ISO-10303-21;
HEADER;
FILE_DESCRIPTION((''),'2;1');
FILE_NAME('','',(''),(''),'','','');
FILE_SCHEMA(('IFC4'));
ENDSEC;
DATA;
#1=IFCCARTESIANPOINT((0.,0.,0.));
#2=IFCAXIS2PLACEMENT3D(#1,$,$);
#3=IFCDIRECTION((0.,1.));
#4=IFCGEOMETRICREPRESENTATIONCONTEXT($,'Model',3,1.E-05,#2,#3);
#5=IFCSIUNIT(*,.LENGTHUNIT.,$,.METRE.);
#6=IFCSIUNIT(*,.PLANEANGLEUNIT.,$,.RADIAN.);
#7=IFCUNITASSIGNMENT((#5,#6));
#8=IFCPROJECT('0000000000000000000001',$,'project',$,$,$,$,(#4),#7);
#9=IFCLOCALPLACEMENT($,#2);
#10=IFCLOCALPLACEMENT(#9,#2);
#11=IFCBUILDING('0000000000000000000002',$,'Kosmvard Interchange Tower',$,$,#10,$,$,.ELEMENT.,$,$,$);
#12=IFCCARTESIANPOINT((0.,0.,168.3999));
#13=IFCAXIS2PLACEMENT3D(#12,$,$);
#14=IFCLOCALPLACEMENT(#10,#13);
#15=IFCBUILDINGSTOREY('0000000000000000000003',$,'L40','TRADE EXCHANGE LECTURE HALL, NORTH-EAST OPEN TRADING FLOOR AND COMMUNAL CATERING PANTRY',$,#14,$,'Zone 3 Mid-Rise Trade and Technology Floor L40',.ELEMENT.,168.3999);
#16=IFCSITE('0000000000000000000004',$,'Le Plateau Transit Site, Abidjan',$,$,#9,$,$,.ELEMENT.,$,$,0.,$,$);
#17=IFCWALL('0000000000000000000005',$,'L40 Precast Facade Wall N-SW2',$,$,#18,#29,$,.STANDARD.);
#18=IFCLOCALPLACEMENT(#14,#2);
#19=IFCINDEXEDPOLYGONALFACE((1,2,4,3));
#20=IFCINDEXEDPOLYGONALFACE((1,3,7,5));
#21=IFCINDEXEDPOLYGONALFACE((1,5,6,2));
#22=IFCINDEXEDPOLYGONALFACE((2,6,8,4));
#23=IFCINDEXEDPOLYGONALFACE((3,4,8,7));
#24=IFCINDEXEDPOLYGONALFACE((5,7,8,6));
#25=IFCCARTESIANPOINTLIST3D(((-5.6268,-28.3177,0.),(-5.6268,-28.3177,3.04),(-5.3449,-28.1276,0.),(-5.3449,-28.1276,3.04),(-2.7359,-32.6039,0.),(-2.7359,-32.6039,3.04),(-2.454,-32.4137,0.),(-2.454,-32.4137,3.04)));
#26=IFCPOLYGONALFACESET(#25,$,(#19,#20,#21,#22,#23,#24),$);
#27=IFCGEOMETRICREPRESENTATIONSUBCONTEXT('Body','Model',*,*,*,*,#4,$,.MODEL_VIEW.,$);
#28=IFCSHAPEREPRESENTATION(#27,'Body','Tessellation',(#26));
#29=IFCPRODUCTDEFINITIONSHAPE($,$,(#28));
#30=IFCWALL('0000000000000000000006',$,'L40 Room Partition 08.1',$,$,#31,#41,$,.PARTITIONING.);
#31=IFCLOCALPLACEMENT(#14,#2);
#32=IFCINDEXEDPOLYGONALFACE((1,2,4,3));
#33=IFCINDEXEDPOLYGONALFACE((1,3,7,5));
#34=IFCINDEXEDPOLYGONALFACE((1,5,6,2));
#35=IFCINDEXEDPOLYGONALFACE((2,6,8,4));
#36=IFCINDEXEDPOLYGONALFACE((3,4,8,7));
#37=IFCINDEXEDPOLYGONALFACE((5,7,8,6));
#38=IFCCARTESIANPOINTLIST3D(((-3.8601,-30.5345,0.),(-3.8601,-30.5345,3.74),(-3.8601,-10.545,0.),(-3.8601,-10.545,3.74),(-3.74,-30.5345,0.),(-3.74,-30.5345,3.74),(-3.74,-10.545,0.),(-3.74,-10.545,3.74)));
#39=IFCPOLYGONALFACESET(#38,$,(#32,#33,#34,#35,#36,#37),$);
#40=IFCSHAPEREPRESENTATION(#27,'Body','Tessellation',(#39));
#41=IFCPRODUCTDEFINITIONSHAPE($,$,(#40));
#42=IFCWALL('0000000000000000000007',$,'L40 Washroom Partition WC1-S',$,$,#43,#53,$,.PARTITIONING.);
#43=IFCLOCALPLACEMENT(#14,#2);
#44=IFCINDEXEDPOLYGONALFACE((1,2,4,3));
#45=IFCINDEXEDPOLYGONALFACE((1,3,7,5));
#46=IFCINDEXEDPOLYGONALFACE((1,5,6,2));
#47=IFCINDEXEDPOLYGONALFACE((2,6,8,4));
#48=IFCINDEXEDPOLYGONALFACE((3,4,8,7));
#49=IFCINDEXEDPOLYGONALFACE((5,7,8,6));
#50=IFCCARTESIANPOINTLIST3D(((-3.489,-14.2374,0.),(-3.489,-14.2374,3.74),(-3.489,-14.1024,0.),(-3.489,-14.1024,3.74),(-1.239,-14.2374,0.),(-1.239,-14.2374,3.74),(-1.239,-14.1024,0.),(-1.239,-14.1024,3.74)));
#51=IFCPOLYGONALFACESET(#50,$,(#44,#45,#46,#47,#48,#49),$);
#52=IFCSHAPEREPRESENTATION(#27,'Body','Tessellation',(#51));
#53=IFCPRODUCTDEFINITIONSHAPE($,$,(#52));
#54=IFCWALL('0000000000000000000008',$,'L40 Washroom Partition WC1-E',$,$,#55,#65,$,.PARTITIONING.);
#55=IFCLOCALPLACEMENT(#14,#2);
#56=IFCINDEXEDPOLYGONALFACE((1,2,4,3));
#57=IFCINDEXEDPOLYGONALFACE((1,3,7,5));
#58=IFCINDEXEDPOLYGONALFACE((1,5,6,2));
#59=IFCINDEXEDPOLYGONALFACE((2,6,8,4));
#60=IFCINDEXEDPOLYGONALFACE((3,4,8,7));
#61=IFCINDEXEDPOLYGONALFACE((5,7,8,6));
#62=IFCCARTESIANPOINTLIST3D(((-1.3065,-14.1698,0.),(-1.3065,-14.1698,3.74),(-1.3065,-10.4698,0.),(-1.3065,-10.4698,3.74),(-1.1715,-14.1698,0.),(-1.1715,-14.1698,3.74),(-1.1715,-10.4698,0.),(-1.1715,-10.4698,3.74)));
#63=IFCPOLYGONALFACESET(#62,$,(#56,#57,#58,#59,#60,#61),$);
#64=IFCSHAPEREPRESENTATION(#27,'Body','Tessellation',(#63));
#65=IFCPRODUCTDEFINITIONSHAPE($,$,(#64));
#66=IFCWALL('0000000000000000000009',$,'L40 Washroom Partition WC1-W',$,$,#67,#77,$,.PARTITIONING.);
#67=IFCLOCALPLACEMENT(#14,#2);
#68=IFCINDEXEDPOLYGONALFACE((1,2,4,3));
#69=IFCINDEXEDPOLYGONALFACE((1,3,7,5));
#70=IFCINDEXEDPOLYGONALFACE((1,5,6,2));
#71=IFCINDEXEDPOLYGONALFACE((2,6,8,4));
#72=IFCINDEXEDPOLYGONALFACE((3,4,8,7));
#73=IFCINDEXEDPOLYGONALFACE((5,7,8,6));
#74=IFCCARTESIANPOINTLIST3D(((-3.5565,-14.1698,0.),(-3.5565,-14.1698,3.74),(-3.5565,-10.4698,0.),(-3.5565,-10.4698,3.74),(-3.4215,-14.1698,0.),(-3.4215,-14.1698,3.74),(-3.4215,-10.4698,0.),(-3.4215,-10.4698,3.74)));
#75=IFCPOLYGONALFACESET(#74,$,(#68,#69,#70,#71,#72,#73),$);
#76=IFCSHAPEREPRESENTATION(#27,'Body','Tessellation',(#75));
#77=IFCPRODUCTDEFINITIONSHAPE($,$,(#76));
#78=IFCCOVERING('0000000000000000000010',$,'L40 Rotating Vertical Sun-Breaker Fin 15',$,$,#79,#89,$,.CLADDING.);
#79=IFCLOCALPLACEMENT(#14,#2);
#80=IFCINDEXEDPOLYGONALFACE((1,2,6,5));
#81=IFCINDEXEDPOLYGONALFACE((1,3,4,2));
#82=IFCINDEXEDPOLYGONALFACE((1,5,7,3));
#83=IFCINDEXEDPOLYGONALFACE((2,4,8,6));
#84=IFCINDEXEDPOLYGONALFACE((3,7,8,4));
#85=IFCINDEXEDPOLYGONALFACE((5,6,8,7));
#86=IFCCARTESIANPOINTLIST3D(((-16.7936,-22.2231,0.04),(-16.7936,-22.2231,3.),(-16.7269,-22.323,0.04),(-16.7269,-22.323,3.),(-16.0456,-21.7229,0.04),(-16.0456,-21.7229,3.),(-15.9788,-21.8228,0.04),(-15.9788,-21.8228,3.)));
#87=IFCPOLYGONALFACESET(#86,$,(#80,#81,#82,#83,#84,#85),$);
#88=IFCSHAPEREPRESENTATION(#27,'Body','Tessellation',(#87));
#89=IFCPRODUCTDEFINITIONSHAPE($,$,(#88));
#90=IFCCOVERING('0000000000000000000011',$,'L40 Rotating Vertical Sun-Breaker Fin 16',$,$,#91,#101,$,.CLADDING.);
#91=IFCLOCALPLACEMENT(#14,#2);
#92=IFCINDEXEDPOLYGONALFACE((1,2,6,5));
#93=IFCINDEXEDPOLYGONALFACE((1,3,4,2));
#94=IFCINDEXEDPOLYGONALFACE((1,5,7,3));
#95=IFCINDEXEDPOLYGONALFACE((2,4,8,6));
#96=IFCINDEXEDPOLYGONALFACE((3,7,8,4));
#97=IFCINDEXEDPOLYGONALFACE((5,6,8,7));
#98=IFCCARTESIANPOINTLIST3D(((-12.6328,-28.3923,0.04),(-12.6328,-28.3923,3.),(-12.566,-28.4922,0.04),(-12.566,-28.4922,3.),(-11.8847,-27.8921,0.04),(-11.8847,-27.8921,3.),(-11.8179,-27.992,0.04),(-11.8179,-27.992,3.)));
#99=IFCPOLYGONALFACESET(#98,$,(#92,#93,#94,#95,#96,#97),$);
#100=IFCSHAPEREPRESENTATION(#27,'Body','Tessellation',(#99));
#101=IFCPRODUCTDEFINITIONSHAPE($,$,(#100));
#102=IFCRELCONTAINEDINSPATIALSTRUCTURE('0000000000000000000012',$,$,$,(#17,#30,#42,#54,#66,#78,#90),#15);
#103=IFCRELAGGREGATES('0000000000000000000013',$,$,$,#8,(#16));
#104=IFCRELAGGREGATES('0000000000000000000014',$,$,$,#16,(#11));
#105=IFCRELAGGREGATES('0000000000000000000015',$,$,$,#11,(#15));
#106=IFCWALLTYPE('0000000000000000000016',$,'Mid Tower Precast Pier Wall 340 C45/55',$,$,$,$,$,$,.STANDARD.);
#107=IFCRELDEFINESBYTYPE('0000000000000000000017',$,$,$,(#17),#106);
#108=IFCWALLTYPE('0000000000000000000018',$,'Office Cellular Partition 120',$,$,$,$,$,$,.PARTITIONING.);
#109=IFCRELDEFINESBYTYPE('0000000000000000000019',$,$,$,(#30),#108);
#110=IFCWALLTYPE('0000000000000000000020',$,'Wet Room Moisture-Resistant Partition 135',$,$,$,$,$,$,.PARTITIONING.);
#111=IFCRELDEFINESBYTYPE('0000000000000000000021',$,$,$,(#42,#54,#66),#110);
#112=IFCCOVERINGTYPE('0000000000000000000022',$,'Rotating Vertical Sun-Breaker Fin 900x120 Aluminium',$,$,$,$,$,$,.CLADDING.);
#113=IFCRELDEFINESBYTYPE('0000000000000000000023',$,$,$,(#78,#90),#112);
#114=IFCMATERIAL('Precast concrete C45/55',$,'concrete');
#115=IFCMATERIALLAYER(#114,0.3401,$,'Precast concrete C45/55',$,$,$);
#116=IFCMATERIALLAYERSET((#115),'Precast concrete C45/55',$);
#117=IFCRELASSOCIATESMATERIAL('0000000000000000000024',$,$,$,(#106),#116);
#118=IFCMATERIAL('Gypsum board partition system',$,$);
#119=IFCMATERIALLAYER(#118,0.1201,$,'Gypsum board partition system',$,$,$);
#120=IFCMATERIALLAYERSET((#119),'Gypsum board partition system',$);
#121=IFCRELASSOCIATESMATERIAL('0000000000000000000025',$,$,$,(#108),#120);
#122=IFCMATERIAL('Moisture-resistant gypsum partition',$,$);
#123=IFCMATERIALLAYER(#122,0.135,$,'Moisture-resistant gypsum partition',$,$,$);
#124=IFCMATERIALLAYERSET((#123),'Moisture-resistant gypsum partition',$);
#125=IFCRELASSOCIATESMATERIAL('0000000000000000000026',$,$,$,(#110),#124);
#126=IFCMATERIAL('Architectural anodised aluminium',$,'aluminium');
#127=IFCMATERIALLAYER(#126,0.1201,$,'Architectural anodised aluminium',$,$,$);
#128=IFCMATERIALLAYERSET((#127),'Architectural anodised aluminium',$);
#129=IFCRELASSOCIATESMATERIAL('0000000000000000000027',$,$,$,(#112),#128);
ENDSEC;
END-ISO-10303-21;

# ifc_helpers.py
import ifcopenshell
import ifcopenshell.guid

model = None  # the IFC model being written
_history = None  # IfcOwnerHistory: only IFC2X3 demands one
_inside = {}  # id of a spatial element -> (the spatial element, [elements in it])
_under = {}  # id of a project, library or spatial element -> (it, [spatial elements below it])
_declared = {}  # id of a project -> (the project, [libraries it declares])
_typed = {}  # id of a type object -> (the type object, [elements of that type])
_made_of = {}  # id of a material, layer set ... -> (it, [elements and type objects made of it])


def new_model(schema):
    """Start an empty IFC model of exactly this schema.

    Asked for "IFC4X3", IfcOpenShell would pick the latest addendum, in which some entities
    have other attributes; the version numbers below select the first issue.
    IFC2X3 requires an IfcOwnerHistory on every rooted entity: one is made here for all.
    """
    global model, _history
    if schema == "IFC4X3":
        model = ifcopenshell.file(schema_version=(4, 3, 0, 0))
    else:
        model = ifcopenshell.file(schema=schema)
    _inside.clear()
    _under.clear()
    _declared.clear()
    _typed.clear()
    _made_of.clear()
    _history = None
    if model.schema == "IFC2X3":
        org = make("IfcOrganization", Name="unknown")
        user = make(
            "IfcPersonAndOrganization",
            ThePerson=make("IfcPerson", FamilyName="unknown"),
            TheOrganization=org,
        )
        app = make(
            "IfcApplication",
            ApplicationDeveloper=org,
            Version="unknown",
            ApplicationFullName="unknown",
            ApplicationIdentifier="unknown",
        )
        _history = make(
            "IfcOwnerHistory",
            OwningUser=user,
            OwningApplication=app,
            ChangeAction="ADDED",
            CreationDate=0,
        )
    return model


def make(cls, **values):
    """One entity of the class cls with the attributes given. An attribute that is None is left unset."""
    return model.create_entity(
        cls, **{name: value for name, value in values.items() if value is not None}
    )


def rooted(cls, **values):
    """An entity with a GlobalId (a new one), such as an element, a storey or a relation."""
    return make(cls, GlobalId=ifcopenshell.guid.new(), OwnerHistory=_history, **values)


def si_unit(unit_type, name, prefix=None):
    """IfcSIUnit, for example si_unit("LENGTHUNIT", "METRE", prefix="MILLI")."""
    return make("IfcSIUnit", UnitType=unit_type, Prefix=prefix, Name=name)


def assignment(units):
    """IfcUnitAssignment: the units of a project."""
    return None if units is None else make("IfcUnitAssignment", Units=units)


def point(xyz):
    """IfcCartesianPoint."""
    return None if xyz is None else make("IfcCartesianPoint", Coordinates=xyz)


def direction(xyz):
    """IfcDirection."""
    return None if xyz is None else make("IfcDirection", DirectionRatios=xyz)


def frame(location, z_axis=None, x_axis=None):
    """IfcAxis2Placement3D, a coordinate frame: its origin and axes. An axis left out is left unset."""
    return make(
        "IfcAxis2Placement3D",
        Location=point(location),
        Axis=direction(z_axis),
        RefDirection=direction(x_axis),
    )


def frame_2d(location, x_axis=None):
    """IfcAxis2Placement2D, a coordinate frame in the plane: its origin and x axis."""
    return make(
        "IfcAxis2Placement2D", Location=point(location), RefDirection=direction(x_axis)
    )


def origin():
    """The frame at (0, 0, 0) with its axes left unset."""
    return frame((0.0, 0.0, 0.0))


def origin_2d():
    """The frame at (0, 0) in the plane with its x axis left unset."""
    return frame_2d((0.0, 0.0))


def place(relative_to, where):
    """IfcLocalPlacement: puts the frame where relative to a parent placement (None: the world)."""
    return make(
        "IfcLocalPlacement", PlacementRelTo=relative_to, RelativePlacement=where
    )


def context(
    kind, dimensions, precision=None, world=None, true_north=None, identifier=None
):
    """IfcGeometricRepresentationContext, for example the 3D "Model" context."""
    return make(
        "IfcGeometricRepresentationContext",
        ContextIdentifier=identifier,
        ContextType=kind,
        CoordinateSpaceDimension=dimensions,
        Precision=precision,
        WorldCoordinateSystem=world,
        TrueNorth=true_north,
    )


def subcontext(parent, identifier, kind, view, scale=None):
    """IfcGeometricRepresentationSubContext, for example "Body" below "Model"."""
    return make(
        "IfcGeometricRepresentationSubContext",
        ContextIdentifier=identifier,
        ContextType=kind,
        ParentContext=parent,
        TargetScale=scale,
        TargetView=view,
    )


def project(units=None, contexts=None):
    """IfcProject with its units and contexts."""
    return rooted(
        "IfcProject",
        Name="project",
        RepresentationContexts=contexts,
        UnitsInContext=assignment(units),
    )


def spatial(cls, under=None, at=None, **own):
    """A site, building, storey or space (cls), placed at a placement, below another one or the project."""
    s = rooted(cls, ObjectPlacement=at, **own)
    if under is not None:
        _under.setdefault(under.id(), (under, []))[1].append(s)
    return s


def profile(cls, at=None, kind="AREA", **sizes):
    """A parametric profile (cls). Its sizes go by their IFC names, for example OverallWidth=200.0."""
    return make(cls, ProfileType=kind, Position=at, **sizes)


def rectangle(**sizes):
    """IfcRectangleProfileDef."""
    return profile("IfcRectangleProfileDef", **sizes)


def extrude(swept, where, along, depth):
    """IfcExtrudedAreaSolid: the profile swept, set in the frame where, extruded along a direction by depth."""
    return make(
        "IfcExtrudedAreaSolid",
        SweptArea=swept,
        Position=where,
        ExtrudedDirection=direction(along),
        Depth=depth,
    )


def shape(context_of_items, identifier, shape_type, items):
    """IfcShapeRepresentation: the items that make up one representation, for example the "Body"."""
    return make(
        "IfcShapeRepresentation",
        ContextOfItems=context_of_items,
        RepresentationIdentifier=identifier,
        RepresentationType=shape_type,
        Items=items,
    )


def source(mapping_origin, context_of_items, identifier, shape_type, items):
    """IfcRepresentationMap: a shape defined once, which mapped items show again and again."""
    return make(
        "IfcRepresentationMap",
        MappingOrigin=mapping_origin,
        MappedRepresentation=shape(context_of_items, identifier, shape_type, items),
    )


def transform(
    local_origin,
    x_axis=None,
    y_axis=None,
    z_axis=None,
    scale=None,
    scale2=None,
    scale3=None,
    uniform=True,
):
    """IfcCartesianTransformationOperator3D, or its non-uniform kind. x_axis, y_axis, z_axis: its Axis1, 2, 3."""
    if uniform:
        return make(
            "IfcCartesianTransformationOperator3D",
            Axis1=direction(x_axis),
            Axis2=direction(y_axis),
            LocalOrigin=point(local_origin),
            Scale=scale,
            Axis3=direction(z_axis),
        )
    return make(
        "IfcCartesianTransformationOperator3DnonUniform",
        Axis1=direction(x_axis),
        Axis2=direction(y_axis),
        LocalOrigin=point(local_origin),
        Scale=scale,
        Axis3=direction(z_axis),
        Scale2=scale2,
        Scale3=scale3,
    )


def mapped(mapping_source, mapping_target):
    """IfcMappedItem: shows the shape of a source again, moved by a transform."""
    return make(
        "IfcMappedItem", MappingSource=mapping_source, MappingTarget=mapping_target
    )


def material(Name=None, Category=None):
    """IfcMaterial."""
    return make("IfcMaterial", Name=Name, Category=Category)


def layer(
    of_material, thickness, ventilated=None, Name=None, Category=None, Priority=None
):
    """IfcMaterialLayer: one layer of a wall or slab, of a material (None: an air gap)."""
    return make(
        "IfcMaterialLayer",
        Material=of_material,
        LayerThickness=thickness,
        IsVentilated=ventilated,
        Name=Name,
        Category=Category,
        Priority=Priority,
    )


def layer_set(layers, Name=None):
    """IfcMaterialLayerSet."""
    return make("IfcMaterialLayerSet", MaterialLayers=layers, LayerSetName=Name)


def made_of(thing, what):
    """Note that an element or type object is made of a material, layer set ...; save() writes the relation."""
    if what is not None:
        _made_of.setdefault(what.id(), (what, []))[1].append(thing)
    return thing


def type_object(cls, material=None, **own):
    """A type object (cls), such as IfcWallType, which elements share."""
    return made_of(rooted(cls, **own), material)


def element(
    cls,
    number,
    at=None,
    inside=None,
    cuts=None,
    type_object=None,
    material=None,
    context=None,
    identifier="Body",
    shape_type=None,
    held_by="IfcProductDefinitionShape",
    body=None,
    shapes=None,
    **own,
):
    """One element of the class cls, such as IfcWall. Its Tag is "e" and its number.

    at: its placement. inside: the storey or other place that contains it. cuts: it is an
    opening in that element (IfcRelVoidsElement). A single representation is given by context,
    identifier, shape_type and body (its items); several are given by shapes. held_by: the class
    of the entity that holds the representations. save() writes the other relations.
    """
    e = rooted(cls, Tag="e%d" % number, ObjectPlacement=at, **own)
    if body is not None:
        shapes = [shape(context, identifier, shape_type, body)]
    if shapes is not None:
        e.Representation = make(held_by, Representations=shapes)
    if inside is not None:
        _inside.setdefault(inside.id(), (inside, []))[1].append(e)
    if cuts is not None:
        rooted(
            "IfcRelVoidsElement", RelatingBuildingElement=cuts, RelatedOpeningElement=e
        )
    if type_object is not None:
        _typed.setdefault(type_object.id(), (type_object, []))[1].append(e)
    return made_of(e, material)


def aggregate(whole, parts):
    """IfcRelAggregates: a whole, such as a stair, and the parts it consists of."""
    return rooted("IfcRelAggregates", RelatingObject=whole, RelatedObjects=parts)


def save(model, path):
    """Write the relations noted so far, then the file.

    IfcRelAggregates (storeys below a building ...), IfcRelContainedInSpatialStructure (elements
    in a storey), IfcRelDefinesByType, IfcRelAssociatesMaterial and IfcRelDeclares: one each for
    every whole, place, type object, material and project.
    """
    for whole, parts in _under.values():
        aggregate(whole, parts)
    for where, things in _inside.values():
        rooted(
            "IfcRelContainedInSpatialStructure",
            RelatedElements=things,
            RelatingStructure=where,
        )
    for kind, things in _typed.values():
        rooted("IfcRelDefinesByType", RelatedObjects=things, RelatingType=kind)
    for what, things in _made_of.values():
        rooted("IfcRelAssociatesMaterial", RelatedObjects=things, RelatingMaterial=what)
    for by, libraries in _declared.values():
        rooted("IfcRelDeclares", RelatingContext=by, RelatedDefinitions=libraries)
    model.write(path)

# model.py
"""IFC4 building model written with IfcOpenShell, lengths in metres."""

from ifc_helpers import new_model, si_unit, direction, frame, frame_2d, origin, origin_2d, place, context, subcontext, project, spatial, rectangle, extrude, source, transform, mapped, material, layer, layer_set, type_object, element, save


model = new_model("IFC4")

# Units and contexts
model_context = context("Model", 3, precision=1e-05, world=origin(), true_north=direction((0.0, 1.0)))
body_context = subcontext(model_context, "Body", "Model", "MODEL_VIEW")
ifc_project = project(units=[si_unit("LENGTHUNIT", "METRE"), si_unit("PLANEANGLEUNIT", "RADIAN")], contexts=[model_context])

# Site, building, storey
site_placement = place(None, origin())
site = spatial("IfcSite", under=ifc_project, at=site_placement, Name="Le Plateau Transit Site, Abidjan", CompositionType="ELEMENT", RefElevation=0.0)
building_placement = place(site_placement, origin())
building = spatial("IfcBuilding", under=site, at=building_placement, Name="Kosmvard Interchange Tower", CompositionType="ELEMENT")
storey_placement = place(building_placement, frame((0.0, 0.0, 168.3999)))
storey = spatial("IfcBuildingStorey", under=building, at=storey_placement, Name="L40", Description="TRADE EXCHANGE LECTURE HALL, NORTH-EAST OPEN TRADING FLOOR AND COMMUNAL CATERING PANTRY", LongName="Zone 3 Mid-Rise Trade and Technology Floor L40", CompositionType="ELEMENT", Elevation=168.3999)

# Shared definitions
ifc_material_1 = material(Name="Precast concrete C45/55", Category="concrete")

# Shared definitions
ifc_layer_1 = layer(ifc_material_1, 0.3401, Name="Precast concrete C45/55")
ifc_layer_set_1 = layer_set([ifc_layer_1], Name="Precast concrete C45/55")
wall_type_1 = type_object("IfcWallType", Name="Mid Tower Precast Pier Wall 340 C45/55", PredefinedType="STANDARD", material=ifc_layer_set_1)

# Walls
wall_1_placement = place(storey_placement, frame((-5.4858, -28.2227, 0.0), z_axis=(0.0, 0.0, 1.0), x_axis=(0.559171, -0.829052, 0.0)))
element("IfcWall", 1, at=wall_1_placement, inside=storey, type_object=wall_type_1, Name="L40 Precast Facade Wall N-SW2", PredefinedType="STANDARD", context=body_context, shape_type="SweptSolid", body=[
    extrude(rectangle(XDim=5.1699, YDim=0.3401, at=frame_2d((2.585, 0.0))), origin(), (0.0, 0.0, 1.0), 3.04),
])
ifc_material_2 = material(Name="Gypsum board partition system")
ifc_layer_2 = layer(ifc_material_2, 0.1201, Name="Gypsum board partition system")
ifc_layer_set_2 = layer_set([ifc_layer_2], Name="Gypsum board partition system")
wall_type_2 = type_object("IfcWallType", Name="Office Cellular Partition 120", PredefinedType="PARTITIONING", material=ifc_layer_set_2)
wall_2_placement = place(storey_placement, frame((-3.8, -30.5344, 0.0), z_axis=(0.0, 0.0, 1.0), x_axis=(0.0, 1.0, 0.0)))
element("IfcWall", 2, at=wall_2_placement, inside=storey, type_object=wall_type_2, Name="L40 Room Partition 08.1", PredefinedType="PARTITIONING", context=body_context, shape_type="SweptSolid", body=[
    extrude(rectangle(XDim=19.9895, YDim=0.1201, at=frame_2d((9.9946, 0.0))), origin(), (0.0, 0.0, 1.0), 3.74),
])
ifc_material_3 = material(Name="Moisture-resistant gypsum partition")
ifc_layer_3 = layer(ifc_material_3, 0.135, Name="Moisture-resistant gypsum partition")
ifc_layer_set_3 = layer_set([ifc_layer_3], Name="Moisture-resistant gypsum partition")
wall_type_3 = type_object("IfcWallType", Name="Wet Room Moisture-Resistant Partition 135", PredefinedType="PARTITIONING", material=ifc_layer_set_3)
wall_3_placement = place(storey_placement, frame((-3.489, -14.1699, 0.0), z_axis=(0.0, 0.0, 1.0), x_axis=(1.0, 0.0, 0.0)))
element("IfcWall", 3, at=wall_3_placement, inside=storey, type_object=wall_type_3, Name="L40 Washroom Partition WC1-S", PredefinedType="PARTITIONING", context=body_context, shape_type="SweptSolid", body=[
    extrude(rectangle(XDim=2.25, YDim=0.135, at=frame_2d((1.125, 0.0))), origin(), (0.0, 0.0, 1.0), 3.74),
])
for number, where, z_axis, x_axis, name in (
    (4, (-1.239, -14.1699, 0.0), (0.0, 0.0, 1.0), (0.0, 1.0, 0.0), "L40 Washroom Partition WC1-E"),
    (5, (-3.489, -14.1699, 0.0), (0.0, 0.0, 1.0), (0.0, 1.0, 0.0), "L40 Washroom Partition WC1-W"),
):
    element("IfcWall", number, at=place(storey_placement, frame(where, z_axis=z_axis, x_axis=x_axis)), inside=storey, type_object=wall_type_3, Name=name, PredefinedType="PARTITIONING", context=body_context, shape_type="SweptSolid", body=[
        extrude(rectangle(XDim=3.7, YDim=0.135, at=frame_2d((1.8501, 0.0))), origin(), (0.0, 0.0, 1.0), 3.74),
    ])

# Coverings
ifc_material_4 = material(Name="Architectural anodised aluminium", Category="aluminium")
ifc_layer_4 = layer(ifc_material_4, 0.1201, Name="Architectural anodised aluminium")
ifc_layer_set_4 = layer_set([ifc_layer_4], Name="Architectural anodised aluminium")
covering_type = type_object("IfcCoveringType", Name="Rotating Vertical Sun-Breaker Fin 900x120 Aluminium", PredefinedType="CLADDING", material=ifc_layer_set_4)
shared_shape_1 = source(origin(), body_context, "Body", "SweptSolid", [
    extrude(rectangle(XDim=0.8999, YDim=0.1201, at=origin_2d()), origin(), (0.0, 0.0, 1.0), 2.96),
])
for number, where, z_axis, x_axis, name in (
    (6, (-16.3862, -22.0229, 0.04), (0.0, 0.0, 1.0), (-0.831276, -0.55586, 0.0), "L40 Rotating Vertical Sun-Breaker Fin 15"),
    (7, (-12.2253, -28.1921, 0.04), (0.0, 0.0, 1.0), (-0.831276, -0.55586, 0.0), "L40 Rotating Vertical Sun-Breaker Fin 16"),
):
    element("IfcCovering", number, at=place(storey_placement, frame(where, z_axis=z_axis, x_axis=x_axis)), inside=storey, type_object=covering_type, Name=name, PredefinedType="CLADDING", context=body_context, shape_type="MappedRepresentation", body=[
        mapped(shared_shape_1, transform((0.0, 0.0, 0.0), scale=1.0)),
    ])

save(model, "model.ifc")
